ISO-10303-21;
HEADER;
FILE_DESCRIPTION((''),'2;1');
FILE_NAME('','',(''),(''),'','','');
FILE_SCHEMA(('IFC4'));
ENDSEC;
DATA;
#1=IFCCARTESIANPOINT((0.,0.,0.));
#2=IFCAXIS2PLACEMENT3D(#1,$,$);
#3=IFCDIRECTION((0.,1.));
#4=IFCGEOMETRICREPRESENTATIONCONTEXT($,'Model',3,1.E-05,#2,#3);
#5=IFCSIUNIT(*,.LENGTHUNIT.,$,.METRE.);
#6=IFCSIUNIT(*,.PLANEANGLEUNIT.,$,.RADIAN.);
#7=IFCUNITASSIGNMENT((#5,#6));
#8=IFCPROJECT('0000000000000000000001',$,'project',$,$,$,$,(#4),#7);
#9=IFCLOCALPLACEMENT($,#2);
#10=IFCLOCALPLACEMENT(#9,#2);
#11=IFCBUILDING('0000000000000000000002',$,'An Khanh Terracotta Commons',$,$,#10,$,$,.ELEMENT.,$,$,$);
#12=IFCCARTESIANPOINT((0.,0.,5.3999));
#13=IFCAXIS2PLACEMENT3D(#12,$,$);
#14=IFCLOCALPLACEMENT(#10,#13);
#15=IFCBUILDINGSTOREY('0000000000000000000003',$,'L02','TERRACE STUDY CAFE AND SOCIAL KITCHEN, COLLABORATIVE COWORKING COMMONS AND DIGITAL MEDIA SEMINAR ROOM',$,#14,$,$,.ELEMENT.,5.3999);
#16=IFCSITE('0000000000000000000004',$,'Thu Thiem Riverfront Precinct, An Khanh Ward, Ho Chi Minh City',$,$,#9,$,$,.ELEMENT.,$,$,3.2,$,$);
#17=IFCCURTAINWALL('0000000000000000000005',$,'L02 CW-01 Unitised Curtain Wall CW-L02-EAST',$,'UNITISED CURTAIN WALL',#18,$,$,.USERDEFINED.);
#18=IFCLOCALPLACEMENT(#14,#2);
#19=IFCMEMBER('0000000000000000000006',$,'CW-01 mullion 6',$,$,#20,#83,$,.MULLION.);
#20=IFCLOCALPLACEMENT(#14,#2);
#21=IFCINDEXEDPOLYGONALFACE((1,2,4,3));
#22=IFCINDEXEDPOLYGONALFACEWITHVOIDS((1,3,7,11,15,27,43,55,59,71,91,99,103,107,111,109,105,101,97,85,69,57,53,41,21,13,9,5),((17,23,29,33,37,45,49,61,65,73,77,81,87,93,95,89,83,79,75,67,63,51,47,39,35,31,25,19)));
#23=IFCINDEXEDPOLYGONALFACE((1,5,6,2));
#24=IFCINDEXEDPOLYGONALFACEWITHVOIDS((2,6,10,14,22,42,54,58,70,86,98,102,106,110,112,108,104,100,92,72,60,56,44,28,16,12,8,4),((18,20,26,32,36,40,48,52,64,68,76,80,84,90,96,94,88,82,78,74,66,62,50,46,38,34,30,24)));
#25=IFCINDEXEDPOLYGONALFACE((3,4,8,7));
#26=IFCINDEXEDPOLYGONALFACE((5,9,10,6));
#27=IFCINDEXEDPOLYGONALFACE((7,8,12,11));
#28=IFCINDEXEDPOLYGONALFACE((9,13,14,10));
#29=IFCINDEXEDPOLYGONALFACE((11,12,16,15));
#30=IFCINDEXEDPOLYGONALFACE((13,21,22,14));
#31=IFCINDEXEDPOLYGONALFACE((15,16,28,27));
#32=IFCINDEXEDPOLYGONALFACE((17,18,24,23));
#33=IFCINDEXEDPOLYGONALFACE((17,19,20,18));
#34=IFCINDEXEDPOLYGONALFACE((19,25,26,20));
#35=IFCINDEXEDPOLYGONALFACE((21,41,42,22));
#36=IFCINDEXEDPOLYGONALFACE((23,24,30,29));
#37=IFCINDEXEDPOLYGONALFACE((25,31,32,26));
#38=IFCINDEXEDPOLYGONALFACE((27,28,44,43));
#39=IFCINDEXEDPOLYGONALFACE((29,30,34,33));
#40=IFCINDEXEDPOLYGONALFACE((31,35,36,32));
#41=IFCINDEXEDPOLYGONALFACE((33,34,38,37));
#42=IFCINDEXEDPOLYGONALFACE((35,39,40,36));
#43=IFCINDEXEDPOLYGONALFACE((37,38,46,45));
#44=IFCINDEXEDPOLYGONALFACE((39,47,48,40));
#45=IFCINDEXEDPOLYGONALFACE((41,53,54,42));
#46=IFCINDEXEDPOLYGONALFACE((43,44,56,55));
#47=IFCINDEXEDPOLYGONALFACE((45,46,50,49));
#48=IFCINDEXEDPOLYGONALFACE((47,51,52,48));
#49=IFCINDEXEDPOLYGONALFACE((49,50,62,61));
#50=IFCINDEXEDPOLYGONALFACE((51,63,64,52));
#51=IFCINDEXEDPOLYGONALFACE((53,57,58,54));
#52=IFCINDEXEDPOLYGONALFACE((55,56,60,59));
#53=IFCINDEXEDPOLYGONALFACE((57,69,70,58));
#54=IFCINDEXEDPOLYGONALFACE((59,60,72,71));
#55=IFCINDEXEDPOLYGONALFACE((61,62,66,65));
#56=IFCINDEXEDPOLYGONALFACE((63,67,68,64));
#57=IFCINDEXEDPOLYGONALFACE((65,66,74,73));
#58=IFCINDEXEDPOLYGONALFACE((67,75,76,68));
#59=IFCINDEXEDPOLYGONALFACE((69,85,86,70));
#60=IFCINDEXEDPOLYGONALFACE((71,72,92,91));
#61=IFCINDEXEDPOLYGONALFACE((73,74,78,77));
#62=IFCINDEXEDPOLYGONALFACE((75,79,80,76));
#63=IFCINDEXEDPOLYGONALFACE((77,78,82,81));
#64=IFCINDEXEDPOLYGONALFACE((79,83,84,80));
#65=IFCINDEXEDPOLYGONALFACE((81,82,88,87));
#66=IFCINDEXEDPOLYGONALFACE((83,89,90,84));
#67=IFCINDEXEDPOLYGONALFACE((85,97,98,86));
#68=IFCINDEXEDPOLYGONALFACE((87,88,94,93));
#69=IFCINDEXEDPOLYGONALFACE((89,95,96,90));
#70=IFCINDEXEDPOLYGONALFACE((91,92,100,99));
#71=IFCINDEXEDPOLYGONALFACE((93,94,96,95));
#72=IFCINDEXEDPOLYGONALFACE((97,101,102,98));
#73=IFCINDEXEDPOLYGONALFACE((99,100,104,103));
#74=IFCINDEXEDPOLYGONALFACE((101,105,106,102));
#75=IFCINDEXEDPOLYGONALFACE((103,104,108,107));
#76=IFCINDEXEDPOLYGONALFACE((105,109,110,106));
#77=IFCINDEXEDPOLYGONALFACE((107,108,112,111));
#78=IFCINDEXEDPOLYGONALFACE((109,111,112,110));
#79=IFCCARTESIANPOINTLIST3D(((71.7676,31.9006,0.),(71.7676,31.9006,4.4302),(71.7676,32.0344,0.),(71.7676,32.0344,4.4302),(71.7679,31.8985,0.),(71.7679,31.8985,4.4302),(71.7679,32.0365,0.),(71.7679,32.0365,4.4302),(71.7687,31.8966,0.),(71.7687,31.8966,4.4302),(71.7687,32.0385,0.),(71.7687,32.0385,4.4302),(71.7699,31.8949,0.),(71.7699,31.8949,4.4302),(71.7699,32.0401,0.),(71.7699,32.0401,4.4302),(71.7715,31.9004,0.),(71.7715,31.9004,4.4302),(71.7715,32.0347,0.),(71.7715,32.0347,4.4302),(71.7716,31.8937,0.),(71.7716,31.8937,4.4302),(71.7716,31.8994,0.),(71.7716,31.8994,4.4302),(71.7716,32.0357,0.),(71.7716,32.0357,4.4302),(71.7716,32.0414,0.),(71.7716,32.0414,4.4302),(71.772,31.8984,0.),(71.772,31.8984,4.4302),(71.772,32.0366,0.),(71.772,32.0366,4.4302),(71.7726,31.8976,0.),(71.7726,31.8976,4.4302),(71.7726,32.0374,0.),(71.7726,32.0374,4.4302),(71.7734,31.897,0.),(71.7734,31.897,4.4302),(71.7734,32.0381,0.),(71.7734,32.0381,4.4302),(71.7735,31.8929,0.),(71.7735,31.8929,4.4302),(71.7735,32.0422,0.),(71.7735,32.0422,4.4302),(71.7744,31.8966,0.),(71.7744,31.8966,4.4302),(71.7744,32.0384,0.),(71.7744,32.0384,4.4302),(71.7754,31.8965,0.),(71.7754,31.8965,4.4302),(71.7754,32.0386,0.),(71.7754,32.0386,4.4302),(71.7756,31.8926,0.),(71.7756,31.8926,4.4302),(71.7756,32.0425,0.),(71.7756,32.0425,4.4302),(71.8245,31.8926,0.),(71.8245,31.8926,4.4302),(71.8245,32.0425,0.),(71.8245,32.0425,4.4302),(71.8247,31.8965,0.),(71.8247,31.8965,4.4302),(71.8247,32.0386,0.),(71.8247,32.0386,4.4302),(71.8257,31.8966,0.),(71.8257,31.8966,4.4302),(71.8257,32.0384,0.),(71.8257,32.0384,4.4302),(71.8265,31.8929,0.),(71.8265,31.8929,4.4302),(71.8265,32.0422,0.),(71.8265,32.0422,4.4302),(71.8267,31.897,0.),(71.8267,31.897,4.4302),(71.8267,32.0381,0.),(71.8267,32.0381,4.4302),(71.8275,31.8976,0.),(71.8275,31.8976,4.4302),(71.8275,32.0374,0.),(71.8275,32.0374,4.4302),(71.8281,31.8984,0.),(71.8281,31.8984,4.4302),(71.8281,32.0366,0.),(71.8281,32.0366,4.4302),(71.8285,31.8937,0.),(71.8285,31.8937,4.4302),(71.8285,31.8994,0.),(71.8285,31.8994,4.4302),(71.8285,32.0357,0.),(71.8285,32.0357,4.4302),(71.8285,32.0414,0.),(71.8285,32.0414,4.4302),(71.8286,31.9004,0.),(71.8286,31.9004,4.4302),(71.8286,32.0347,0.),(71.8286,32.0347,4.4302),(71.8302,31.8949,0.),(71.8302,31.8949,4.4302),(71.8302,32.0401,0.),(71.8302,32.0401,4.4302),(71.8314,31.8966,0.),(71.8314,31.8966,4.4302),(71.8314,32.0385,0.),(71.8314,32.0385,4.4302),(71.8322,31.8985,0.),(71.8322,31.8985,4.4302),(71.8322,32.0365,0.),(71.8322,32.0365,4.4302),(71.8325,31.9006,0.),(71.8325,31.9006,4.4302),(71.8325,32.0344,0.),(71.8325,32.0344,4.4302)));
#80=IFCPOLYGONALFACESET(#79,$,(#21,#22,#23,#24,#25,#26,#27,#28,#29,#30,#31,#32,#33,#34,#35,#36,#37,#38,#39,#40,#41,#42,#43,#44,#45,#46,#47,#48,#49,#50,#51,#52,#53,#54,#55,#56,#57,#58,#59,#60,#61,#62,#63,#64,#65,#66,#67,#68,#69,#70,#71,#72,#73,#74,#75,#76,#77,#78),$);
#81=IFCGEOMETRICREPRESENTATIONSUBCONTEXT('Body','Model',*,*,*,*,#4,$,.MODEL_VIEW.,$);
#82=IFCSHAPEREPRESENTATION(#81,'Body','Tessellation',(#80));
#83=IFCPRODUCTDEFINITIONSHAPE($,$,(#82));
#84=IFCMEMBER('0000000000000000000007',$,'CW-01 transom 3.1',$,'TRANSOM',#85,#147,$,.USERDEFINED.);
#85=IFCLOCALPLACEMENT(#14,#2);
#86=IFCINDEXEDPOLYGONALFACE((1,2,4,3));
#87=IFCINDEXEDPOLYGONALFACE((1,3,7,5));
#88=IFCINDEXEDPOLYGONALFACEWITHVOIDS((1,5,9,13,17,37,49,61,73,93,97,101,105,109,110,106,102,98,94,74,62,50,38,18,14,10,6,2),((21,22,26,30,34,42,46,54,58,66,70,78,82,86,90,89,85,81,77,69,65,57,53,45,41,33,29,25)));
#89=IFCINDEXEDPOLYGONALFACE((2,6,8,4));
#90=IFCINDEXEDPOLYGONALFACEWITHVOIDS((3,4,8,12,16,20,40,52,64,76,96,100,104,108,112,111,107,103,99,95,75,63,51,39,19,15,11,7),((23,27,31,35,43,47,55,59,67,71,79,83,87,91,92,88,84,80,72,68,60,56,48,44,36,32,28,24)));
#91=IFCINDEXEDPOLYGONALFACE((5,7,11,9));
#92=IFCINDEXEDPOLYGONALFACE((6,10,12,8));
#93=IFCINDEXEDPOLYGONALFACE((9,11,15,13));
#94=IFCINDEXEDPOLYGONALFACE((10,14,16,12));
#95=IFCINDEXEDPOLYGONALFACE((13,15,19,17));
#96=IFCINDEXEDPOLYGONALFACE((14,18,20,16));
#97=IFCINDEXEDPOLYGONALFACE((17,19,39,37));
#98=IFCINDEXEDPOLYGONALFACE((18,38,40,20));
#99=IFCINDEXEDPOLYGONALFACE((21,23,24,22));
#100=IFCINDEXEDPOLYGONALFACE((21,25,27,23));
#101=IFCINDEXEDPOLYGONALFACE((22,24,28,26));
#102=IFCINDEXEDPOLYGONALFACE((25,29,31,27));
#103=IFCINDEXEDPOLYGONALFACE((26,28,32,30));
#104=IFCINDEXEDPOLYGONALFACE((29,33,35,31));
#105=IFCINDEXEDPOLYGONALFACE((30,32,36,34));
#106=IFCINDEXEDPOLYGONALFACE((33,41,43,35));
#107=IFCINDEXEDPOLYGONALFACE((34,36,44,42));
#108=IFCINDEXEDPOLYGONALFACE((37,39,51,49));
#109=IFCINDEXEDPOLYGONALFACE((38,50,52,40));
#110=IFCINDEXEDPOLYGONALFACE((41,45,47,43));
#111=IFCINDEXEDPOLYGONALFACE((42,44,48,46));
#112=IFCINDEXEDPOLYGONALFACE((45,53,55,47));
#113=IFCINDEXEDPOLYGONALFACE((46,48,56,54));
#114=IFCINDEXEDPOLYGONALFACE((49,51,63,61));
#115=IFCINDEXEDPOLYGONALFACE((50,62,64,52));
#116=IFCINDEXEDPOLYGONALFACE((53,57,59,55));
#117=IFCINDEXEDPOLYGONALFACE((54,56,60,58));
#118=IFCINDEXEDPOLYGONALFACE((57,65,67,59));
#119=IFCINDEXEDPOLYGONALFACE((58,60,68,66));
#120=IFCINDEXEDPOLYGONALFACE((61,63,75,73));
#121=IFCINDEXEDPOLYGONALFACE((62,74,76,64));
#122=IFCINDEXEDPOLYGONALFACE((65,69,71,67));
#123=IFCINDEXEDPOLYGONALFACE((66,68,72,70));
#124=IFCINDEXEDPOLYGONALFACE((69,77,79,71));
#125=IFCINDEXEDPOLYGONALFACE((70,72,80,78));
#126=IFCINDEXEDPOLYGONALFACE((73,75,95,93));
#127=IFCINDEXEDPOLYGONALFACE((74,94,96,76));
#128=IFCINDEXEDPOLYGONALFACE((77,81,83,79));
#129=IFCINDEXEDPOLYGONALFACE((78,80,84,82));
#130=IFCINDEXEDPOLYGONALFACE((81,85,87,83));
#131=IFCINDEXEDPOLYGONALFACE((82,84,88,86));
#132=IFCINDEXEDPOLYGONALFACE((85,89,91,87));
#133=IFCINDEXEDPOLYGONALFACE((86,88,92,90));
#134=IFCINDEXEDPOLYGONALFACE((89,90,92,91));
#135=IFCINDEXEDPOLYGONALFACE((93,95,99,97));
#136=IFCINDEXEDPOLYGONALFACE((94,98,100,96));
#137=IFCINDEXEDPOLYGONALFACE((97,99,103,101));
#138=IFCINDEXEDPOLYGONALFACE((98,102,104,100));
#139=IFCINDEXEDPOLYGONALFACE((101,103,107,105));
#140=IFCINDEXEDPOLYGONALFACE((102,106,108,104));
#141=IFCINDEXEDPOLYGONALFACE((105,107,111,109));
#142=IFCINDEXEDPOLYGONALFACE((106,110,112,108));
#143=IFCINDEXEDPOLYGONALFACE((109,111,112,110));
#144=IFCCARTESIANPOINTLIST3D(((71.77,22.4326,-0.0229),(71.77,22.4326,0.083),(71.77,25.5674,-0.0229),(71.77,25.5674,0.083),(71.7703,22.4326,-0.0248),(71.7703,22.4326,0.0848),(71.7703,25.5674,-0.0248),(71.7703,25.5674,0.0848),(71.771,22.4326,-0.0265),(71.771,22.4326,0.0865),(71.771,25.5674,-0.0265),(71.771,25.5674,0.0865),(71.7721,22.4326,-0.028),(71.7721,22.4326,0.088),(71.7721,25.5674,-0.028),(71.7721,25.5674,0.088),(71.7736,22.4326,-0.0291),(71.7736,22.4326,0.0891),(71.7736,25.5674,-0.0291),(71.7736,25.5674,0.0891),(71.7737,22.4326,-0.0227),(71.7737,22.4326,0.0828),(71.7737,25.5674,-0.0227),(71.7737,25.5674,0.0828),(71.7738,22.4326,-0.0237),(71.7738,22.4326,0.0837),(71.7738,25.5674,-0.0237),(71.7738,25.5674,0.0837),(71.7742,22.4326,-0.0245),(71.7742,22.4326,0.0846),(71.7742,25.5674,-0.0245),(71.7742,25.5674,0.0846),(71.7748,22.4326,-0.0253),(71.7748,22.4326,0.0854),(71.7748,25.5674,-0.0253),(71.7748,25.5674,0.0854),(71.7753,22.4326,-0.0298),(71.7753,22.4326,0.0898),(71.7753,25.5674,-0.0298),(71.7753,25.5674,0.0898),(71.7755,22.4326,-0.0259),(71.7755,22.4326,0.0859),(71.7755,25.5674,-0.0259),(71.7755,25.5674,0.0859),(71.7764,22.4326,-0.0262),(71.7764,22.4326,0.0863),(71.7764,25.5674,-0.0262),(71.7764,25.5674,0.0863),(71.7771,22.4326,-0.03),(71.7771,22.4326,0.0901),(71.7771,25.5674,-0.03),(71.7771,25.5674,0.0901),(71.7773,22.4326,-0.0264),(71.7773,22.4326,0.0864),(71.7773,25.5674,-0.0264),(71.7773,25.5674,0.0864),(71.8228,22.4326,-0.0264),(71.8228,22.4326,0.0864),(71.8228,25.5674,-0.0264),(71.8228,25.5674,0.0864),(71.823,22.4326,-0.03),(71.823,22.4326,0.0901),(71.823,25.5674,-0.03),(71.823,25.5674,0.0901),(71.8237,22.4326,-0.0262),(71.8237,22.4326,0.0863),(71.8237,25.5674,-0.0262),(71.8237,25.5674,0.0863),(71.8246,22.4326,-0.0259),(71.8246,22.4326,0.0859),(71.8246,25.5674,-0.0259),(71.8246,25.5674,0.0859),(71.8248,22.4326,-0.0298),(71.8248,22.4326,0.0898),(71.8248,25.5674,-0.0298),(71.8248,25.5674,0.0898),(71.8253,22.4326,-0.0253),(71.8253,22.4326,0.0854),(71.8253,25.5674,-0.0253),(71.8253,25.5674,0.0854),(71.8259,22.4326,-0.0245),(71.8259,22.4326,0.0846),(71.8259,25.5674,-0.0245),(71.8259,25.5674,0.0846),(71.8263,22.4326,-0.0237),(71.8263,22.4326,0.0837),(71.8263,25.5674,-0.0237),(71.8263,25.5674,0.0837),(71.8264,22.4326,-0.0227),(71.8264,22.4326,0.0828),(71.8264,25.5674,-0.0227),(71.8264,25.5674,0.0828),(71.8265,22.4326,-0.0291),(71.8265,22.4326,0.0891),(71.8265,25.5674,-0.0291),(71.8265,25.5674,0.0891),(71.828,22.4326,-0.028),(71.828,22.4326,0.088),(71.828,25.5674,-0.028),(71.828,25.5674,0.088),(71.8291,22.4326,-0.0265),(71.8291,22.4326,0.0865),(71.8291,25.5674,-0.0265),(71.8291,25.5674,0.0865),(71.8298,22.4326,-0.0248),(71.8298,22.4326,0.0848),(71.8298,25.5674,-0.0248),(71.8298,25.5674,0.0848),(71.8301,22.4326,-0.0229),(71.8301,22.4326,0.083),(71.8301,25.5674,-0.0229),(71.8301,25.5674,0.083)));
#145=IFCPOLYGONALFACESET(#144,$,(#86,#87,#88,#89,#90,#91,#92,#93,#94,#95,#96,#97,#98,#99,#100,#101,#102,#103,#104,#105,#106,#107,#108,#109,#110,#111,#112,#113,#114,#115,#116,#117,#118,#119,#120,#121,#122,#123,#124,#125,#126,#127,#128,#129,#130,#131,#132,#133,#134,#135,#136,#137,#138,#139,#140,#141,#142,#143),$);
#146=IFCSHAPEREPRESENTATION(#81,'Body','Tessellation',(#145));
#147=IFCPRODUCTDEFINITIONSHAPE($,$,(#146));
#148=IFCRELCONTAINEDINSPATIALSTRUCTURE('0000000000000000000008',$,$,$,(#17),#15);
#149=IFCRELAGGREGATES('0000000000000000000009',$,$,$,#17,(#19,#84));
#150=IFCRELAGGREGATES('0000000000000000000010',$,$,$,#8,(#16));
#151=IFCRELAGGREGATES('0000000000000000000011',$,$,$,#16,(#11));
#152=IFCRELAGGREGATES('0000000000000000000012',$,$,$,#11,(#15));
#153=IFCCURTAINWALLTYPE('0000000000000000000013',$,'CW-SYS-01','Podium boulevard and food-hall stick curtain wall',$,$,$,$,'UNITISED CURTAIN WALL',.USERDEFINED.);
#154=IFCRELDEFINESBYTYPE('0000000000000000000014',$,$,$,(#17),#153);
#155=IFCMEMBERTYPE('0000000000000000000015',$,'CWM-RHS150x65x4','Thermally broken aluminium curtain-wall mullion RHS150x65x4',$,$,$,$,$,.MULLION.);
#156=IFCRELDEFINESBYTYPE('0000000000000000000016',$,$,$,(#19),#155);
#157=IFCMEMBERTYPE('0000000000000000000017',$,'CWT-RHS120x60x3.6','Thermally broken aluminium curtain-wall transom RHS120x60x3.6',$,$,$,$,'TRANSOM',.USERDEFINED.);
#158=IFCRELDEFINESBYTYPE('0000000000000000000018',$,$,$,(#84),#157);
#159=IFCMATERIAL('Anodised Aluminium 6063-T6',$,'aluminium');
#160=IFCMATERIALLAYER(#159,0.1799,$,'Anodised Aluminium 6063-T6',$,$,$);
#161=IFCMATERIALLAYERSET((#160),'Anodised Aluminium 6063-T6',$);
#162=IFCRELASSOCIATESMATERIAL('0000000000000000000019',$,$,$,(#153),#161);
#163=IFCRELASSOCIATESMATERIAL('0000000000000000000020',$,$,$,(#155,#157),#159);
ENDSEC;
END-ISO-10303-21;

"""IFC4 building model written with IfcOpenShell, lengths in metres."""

from ifc_helpers import new_model, si_unit, direction, frame, origin, origin_2d, place, context, subcontext, project, spatial, hollow_rectangle, extrude, material, layer, layer_set, material_profile, profile_set, type_object, element, aggregate, save


model = new_model("IFC4")

# Units and contexts
model_context = context("Model", 3, precision=1e-05, world=origin(), true_north=direction((0.0, 1.0)))
body_context = subcontext(model_context, "Body", "Model", "MODEL_VIEW")
ifc_project = project(units=[si_unit("LENGTHUNIT", "METRE"), si_unit("PLANEANGLEUNIT", "RADIAN")], contexts=[model_context])

# Site, building, storey
site_placement = place(None, origin())
site = spatial("IfcSite", under=ifc_project, at=site_placement, Name="Thu Thiem Riverfront Precinct, An Khanh Ward, Ho Chi Minh City", CompositionType="ELEMENT", RefElevation=3.2)
building_placement = place(site_placement, origin())
building = spatial("IfcBuilding", under=site, at=building_placement, Name="An Khanh Terracotta Commons", CompositionType="ELEMENT")
storey_placement = place(building_placement, frame((0.0, 0.0, 5.3999)))
storey = spatial("IfcBuildingStorey", under=building, at=storey_placement, Name="L02", Description="TERRACE STUDY CAFE AND SOCIAL KITCHEN, COLLABORATIVE COWORKING COMMONS AND DIGITAL MEDIA SEMINAR ROOM", CompositionType="ELEMENT", Elevation=5.3999)

# Curtain wall, members
ifc_material_1 = material(Name="Anodised Aluminium 6063-T6", Category="aluminium")
ifc_layer_1 = layer(ifc_material_1, 0.1799, Name="Anodised Aluminium 6063-T6")
ifc_layer_set_1 = layer_set([ifc_layer_1], Name="Anodised Aluminium 6063-T6")
curtain_wall_type = type_object("IfcCurtainWallType", Name="CW-SYS-01", Description="Podium boulevard and food-hall stick curtain wall", ElementType="UNITISED CURTAIN WALL", PredefinedType="USERDEFINED", material=ifc_layer_set_1)
curtain_wall_placement = place(storey_placement, origin())
curtain_wall = element("IfcCurtainWall", 1, at=curtain_wall_placement, inside=storey, type_object=curtain_wall_type, Name="L02 CW-01 Unitised Curtain Wall CW-L02-EAST", ObjectType="UNITISED CURTAIN WALL", PredefinedType="USERDEFINED")
ifc_material_profile_1 = material_profile(ifc_material_1, hollow_rectangle(XDim=0.0649, YDim=0.1499, WallThickness=0.0039, InnerFilletRadius=0.0039, OuterFilletRadius=0.0081, at=origin_2d()), Name="RHS150x65x4")
ifc_profile_set_1 = profile_set([ifc_material_profile_1], Name="Anodised Aluminium 6063-T6")
member_type_1 = type_object("IfcMemberType", Name="CWM-RHS150x65x4", Description="Thermally broken aluminium curtain-wall mullion RHS150x65x4", PredefinedType="MULLION", material=ifc_profile_set_1)
member_1_placement = place(storey_placement, frame((71.8, 31.9675, 0.0), z_axis=(0.0, 0.0, 1.0), x_axis=(-1.0, 0.0, 0.0)))
member_1 = element("IfcMember", 2, at=member_1_placement, type_object=member_type_1, Name="CW-01 mullion 6", PredefinedType="MULLION", context=body_context, shape_type="SweptSolid", body=[
    extrude(hollow_rectangle(XDim=0.0649, YDim=0.1499, WallThickness=0.0039, InnerFilletRadius=0.0039, OuterFilletRadius=0.0081, at=origin_2d()), origin(), (0.0, 0.0, 1.0), 4.4302),
])
ifc_material_profile_2 = material_profile(ifc_material_1, hollow_rectangle(XDim=0.0601, YDim=0.1201, WallThickness=0.0037, InnerFilletRadius=0.0037, OuterFilletRadius=0.0071, at=origin_2d()), Name="RHS120x60x3.6")
ifc_profile_set_2 = profile_set([ifc_material_profile_2], Name="Anodised Aluminium 6063-T6")
member_type_2 = type_object("IfcMemberType", Name="CWT-RHS120x60x3.6", Description="Thermally broken aluminium curtain-wall transom RHS120x60x3.6", ElementType="TRANSOM", PredefinedType="USERDEFINED", material=ifc_profile_set_2)
member_2_placement = place(storey_placement, frame((71.8, 22.4326, 0.03), z_axis=(0.0, 1.0, 0.0), x_axis=(-1.0, 0.0, 0.0)))
member_2 = element("IfcMember", 3, at=member_2_placement, type_object=member_type_2, Name="CW-01 transom 3.1", ObjectType="TRANSOM", PredefinedType="USERDEFINED", context=body_context, shape_type="SweptSolid", body=[
    extrude(hollow_rectangle(XDim=0.0601, YDim=0.1201, WallThickness=0.0037, InnerFilletRadius=0.0037, OuterFilletRadius=0.0071, at=origin_2d()), origin(), (0.0, 0.0, 1.0), 3.1348),
])
aggregate(curtain_wall, [member_1, member_2])

save(model, "model.ifc")
